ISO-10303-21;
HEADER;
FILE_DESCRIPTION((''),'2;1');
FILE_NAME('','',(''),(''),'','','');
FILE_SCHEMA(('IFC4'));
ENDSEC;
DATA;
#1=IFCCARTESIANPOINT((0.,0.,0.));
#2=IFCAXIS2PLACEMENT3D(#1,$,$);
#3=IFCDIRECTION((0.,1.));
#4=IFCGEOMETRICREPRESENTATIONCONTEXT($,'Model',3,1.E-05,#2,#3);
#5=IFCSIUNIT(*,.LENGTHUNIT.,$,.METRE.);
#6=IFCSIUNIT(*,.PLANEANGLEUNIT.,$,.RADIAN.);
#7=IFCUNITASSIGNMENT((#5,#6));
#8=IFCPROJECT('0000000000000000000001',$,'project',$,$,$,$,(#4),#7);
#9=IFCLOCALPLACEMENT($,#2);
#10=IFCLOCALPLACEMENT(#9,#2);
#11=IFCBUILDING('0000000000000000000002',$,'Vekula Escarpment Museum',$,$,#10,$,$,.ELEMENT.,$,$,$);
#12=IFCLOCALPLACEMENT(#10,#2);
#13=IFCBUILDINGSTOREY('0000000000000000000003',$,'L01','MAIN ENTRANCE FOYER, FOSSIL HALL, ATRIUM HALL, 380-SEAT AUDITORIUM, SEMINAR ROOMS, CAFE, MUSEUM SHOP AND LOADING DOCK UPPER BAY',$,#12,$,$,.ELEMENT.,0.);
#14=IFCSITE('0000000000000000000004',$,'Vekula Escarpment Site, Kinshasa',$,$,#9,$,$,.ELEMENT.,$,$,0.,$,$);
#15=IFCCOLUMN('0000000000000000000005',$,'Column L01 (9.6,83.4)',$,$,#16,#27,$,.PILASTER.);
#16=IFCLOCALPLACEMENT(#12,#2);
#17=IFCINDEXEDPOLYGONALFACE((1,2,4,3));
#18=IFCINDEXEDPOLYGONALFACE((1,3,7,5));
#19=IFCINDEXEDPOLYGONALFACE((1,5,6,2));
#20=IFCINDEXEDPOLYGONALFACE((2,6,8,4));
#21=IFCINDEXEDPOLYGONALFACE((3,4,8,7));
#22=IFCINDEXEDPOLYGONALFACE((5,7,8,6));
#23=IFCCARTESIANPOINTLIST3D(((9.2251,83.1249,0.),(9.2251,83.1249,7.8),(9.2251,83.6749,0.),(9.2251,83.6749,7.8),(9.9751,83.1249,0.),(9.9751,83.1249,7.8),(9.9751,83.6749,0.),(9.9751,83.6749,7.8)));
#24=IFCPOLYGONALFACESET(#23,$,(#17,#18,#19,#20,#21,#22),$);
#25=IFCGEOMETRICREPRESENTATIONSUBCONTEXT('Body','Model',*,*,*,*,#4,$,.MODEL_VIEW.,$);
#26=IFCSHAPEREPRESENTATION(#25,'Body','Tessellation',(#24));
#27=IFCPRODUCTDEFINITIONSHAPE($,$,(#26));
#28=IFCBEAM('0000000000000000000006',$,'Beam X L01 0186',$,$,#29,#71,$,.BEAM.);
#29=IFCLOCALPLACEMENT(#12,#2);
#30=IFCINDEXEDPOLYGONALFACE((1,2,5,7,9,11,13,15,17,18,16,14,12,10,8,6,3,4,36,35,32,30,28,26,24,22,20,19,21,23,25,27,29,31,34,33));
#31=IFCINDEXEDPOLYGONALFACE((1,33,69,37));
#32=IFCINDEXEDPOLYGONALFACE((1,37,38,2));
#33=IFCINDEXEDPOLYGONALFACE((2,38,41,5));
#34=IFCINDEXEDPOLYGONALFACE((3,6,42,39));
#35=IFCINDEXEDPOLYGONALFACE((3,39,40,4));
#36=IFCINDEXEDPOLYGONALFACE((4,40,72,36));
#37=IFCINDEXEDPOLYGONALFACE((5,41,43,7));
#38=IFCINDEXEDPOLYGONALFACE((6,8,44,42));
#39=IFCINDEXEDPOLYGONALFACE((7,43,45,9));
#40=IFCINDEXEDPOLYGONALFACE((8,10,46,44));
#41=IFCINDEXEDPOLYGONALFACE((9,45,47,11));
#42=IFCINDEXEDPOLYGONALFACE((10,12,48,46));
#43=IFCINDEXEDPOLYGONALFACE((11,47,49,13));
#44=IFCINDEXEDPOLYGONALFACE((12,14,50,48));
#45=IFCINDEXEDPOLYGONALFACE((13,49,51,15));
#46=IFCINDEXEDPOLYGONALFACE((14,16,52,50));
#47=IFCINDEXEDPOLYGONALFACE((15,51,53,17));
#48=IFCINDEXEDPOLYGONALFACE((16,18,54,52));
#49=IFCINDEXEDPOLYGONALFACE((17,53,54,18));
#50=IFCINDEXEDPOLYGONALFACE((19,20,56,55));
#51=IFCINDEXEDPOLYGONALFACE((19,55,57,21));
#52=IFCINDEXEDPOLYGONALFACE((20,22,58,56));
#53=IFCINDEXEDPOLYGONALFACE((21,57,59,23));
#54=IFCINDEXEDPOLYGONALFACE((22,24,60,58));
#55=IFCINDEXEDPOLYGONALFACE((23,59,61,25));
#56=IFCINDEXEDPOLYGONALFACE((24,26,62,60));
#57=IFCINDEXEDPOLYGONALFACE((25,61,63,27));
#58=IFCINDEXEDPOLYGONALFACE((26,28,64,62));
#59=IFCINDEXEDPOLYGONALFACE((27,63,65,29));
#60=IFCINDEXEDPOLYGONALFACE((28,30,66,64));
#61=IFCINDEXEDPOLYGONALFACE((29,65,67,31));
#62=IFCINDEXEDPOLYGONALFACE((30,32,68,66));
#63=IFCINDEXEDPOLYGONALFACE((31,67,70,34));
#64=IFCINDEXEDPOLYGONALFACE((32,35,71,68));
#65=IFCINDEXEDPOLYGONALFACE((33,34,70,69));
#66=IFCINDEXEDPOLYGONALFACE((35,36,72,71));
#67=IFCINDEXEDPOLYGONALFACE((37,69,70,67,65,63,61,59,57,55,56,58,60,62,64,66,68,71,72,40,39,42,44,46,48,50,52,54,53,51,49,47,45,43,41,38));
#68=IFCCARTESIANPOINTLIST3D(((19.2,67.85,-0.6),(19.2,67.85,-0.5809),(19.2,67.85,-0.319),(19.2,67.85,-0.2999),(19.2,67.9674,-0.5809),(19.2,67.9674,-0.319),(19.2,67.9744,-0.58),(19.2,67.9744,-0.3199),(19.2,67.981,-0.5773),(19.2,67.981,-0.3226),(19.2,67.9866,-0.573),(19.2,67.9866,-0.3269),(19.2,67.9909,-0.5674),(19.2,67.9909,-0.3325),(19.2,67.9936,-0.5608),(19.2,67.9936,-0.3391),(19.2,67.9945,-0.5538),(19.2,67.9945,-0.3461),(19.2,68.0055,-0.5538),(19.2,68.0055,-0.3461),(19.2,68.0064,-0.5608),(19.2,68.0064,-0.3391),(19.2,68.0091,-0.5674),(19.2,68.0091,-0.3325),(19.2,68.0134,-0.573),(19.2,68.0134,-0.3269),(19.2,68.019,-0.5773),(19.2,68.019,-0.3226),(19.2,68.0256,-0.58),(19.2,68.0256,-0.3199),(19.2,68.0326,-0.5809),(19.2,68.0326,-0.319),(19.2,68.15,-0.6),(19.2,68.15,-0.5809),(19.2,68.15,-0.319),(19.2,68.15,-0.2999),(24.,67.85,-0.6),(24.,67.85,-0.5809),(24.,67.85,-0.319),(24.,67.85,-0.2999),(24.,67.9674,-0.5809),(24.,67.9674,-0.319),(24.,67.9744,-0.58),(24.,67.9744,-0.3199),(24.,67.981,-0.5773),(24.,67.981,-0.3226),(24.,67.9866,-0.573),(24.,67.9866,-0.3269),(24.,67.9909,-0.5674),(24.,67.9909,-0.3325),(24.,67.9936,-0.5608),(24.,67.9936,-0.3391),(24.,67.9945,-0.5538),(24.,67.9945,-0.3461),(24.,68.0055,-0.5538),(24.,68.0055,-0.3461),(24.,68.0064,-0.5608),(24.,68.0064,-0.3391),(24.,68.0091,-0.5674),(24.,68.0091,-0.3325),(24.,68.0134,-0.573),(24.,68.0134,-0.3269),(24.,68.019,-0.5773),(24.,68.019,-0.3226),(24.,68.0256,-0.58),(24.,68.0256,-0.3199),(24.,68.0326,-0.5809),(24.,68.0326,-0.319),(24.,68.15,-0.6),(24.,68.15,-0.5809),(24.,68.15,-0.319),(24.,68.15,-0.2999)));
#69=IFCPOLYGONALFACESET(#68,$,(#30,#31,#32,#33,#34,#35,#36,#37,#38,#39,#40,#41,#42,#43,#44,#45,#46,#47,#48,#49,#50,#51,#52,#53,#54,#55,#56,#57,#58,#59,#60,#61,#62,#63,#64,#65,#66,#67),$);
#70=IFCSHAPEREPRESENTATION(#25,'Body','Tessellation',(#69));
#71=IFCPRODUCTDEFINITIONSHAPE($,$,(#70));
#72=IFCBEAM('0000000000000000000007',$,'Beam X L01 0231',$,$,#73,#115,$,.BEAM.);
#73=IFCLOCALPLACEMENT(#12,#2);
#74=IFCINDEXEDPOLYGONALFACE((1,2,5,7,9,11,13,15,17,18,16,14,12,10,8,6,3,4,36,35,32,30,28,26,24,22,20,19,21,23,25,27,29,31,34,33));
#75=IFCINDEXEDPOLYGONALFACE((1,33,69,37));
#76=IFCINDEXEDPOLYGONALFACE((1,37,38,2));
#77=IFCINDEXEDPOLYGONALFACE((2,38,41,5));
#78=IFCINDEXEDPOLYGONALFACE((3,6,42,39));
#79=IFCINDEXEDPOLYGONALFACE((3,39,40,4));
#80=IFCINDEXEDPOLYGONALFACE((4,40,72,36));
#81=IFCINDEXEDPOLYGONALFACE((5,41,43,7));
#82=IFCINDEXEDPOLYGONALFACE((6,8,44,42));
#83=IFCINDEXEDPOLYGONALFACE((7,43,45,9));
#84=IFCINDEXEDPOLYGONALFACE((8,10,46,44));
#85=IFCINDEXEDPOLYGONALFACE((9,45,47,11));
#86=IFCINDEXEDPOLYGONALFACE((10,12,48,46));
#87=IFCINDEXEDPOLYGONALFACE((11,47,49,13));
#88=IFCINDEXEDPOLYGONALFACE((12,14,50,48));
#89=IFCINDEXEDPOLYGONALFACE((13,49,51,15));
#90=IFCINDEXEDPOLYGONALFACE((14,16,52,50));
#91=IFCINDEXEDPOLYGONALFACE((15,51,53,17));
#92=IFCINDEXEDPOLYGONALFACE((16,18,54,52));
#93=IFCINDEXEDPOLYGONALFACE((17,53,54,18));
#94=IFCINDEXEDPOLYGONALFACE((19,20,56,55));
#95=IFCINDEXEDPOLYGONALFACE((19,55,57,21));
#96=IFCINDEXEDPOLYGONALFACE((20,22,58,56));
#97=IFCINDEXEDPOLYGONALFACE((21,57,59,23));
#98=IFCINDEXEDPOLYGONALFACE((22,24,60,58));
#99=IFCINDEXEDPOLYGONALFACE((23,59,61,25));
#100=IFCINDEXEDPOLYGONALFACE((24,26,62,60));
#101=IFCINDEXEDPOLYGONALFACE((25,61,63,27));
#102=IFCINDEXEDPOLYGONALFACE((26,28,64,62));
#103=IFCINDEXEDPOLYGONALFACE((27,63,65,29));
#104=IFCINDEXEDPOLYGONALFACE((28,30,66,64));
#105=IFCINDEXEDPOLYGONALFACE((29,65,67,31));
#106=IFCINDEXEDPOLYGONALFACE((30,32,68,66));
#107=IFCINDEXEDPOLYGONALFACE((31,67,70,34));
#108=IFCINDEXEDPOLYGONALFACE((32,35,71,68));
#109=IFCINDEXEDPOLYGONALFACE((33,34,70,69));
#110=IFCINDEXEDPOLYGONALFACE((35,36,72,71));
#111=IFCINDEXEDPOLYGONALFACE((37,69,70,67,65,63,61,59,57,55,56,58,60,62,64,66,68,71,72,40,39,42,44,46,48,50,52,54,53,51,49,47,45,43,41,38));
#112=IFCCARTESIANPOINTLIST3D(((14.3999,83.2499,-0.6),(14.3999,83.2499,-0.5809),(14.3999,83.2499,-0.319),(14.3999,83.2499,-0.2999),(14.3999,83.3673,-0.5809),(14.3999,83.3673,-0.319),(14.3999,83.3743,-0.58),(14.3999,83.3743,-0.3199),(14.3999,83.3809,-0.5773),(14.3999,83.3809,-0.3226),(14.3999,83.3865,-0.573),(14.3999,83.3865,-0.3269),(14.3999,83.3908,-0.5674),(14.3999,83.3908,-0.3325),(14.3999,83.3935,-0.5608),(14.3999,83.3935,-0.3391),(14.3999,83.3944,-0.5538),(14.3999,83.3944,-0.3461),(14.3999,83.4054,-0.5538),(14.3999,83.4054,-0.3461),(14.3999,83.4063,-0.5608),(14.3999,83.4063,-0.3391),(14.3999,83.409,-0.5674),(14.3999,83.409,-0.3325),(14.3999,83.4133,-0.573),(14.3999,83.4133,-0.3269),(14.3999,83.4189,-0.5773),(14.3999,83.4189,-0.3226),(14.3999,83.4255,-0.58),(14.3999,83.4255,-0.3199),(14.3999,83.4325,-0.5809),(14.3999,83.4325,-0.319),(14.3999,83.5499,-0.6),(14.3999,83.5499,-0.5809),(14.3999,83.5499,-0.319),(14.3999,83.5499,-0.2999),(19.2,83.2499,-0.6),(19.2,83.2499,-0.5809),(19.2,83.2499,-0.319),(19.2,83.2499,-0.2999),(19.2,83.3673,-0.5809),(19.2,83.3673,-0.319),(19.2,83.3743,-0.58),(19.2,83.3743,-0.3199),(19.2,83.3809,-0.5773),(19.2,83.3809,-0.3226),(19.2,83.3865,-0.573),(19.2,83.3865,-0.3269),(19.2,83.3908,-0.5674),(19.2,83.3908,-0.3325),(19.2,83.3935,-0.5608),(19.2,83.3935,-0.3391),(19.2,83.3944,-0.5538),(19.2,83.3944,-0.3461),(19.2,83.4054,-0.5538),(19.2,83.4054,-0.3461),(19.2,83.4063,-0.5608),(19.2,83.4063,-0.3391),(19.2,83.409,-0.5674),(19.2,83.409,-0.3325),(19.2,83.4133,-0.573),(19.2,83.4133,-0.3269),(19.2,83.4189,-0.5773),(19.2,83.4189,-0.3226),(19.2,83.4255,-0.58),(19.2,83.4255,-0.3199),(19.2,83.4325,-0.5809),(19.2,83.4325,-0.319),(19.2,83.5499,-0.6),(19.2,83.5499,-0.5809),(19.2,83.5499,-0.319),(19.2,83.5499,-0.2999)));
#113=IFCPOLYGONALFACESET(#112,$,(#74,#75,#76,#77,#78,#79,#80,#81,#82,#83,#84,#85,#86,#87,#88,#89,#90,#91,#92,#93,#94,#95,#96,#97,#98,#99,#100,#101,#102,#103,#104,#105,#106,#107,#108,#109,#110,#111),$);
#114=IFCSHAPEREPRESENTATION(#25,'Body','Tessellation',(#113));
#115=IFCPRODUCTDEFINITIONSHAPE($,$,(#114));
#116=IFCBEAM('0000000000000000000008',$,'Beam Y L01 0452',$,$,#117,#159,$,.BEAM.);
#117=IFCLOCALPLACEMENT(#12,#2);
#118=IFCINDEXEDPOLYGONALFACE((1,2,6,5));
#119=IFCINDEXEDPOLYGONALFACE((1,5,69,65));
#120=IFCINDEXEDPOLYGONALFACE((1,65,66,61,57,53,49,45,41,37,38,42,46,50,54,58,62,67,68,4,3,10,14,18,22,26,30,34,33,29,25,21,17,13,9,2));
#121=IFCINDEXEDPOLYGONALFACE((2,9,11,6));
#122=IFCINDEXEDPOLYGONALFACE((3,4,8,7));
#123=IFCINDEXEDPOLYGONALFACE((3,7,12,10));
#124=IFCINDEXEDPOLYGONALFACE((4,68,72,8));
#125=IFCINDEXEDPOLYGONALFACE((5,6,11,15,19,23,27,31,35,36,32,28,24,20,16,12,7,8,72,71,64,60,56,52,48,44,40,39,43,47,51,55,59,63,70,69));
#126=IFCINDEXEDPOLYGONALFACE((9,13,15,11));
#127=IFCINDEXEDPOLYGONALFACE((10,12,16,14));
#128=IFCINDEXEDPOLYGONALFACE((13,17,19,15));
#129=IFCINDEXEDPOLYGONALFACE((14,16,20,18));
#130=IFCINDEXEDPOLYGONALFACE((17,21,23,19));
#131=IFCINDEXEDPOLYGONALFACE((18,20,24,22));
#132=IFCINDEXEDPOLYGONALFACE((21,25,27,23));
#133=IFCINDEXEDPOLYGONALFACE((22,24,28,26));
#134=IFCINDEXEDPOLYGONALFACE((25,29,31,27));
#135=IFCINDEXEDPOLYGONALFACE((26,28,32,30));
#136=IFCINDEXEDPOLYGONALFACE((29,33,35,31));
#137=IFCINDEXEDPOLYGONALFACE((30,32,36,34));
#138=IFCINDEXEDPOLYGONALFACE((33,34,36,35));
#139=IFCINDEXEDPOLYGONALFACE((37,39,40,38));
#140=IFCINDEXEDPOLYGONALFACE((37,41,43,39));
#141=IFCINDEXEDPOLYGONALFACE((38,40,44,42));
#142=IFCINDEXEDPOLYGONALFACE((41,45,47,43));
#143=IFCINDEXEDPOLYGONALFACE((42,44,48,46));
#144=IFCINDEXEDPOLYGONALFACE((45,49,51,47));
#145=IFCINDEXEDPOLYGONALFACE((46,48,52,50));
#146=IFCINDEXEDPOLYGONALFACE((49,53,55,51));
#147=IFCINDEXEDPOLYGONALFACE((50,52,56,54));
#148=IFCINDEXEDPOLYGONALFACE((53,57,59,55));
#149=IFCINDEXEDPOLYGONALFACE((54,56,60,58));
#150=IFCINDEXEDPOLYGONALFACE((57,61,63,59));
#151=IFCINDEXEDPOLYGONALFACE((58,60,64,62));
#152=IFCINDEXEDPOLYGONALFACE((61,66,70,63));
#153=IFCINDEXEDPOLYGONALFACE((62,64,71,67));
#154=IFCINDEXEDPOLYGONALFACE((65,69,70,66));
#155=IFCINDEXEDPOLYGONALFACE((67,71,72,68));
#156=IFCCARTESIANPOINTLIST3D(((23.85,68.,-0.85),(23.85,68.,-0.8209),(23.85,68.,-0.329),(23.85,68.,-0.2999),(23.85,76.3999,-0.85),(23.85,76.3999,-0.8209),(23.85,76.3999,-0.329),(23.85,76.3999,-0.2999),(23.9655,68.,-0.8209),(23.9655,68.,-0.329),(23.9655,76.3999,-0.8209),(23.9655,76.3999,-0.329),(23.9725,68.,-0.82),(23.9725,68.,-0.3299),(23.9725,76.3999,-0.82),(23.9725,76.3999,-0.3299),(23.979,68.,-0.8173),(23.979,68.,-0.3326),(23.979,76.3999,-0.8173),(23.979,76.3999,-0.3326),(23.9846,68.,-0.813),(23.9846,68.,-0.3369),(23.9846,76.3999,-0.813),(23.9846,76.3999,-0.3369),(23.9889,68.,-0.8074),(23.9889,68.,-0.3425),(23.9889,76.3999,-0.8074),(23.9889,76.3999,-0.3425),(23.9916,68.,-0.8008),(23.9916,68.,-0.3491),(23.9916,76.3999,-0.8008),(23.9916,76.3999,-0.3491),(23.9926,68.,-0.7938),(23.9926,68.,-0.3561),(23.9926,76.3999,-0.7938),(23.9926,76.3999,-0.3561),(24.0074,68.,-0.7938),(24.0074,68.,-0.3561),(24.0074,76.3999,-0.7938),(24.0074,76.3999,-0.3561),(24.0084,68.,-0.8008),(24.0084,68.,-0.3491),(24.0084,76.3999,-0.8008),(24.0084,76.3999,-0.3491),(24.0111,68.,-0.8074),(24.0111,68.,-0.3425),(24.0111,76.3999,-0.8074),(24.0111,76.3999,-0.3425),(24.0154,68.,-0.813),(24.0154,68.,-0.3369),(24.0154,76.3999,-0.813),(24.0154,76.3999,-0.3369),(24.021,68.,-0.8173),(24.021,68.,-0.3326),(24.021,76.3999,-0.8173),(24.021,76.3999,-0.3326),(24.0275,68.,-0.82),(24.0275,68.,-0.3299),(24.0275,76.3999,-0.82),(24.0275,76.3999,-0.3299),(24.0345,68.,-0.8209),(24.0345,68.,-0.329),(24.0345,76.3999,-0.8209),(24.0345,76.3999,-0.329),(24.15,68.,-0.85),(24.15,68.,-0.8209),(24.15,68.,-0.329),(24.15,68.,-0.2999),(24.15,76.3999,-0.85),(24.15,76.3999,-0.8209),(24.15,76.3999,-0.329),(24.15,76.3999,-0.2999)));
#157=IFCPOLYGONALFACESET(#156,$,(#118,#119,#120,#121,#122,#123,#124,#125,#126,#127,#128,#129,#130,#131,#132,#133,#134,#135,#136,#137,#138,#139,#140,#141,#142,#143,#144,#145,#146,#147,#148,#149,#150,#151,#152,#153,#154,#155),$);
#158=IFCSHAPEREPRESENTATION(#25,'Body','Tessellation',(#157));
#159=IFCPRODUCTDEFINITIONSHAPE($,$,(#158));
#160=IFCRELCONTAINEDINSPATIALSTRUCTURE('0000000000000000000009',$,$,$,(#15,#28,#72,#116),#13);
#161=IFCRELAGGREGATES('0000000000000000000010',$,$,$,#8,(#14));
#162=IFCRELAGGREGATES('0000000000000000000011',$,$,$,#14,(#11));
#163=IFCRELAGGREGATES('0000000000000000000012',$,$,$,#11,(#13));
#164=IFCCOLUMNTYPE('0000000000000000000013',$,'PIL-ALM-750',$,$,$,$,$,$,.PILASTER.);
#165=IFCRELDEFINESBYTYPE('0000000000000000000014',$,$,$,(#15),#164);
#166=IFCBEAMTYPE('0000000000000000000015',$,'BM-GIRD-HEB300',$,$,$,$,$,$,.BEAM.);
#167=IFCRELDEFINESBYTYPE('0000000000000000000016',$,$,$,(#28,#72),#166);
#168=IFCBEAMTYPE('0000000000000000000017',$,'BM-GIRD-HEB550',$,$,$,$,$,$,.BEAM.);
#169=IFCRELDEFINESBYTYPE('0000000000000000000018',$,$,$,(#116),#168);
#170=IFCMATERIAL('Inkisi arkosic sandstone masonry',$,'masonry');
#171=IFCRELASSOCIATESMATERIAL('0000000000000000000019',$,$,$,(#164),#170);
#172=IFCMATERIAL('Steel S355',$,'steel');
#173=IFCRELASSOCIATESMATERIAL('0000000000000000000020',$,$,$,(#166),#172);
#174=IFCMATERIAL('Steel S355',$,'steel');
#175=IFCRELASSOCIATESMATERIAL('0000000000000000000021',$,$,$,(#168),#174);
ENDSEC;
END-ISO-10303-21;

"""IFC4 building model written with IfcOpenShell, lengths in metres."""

from ifc_helpers import new_model, si_unit, direction, frame, origin, origin_2d, place, context, subcontext, project, spatial, rectangle, i_section, extrude, material, material_profile, profile_set, type_object, element, save


model = new_model("IFC4")

# Units and contexts
model_context = context("Model", 3, precision=1e-05, world=origin(), true_north=direction((0.0, 1.0)))
body_context = subcontext(model_context, "Body", "Model", "MODEL_VIEW")
ifc_project = project(units=[si_unit("LENGTHUNIT", "METRE"), si_unit("PLANEANGLEUNIT", "RADIAN")], contexts=[model_context])

# Site, building, storey
site_placement = place(None, origin())
site = spatial("IfcSite", under=ifc_project, at=site_placement, Name="Vekula Escarpment Site, Kinshasa", CompositionType="ELEMENT", RefElevation=0.0)
building_placement = place(site_placement, origin())
building = spatial("IfcBuilding", under=site, at=building_placement, Name="Vekula Escarpment Museum", CompositionType="ELEMENT")
storey_placement = place(building_placement, origin())
storey = spatial("IfcBuildingStorey", under=building, at=storey_placement, Name="L01", Description="MAIN ENTRANCE FOYER, FOSSIL HALL, ATRIUM HALL, 380-SEAT AUDITORIUM, SEMINAR ROOMS, CAFE, MUSEUM SHOP AND LOADING DOCK UPPER BAY", CompositionType="ELEMENT", Elevation=0.0)

# Column
ifc_material_1 = material(Name="Inkisi arkosic sandstone masonry", Category="masonry")
ifc_material_profile_1 = material_profile(ifc_material_1, rectangle(XDim=0.75, YDim=0.55, at=origin_2d()), Name="PIER 750x550")
ifc_profile_set_1 = profile_set([ifc_material_profile_1], Name="Inkisi arkosic sandstone masonry")
column_type_1 = type_object("IfcColumnType", Name="PIL-ALM-750", PredefinedType="PILASTER", material=ifc_profile_set_1)
column_placement = place(storey_placement, frame((9.6001, 83.3999, 0.0), z_axis=(0.0, 0.0, 1.0), x_axis=(1.0, 0.0, 0.0)))
element("IfcColumn", 1, at=column_placement, inside=storey, type_object=column_type_1, Name="Column L01 (9.6,83.4)", PredefinedType="PILASTER", context=body_context, shape_type="SweptSolid", body=[
    extrude(rectangle(XDim=0.75, YDim=0.55, at=origin_2d()), origin(), (0.0, 0.0, 1.0), 7.8),
])

# Beams
ifc_material_2 = material(Name="Steel S355", Category="steel")
ifc_material_profile_2 = material_profile(ifc_material_2, i_section(OverallWidth=0.3, OverallDepth=0.3, WebThickness=0.011, FlangeThickness=0.019, FilletRadius=0.0271, at=origin_2d()), Name="HEB 300")
ifc_profile_set_2 = profile_set([ifc_material_profile_2], Name="Steel S355")
beam_type_1 = type_object("IfcBeamType", Name="BM-GIRD-HEB300", PredefinedType="BEAM", material=ifc_profile_set_2)
for number, where, z_axis, x_axis, name in (
    (2, (19.2, 68.0, -0.45), (1.0, 0.0, 0.0), (0.0, 1.0, 0.0), "Beam X L01 0186"),
    (3, (14.3999, 83.3999, -0.45), (1.0, 0.0, 0.0), (0.0, 1.0, 0.0), "Beam X L01 0231"),
):
    element("IfcBeam", number, at=place(storey_placement, frame(where, z_axis=z_axis, x_axis=x_axis)), inside=storey, type_object=beam_type_1, Name=name, PredefinedType="BEAM", context=body_context, shape_type="SweptSolid", body=[
        extrude(i_section(OverallWidth=0.3, OverallDepth=0.3, WebThickness=0.011, FlangeThickness=0.019, FilletRadius=0.0271, at=origin_2d()), origin(), (0.0, 0.0, 1.0), 4.8),
    ])
ifc_material_3 = material(Name="Steel S355", Category="steel")
ifc_material_profile_3 = material_profile(ifc_material_3, i_section(OverallWidth=0.3, OverallDepth=0.55, WebThickness=0.0149, FlangeThickness=0.0291, FilletRadius=0.0271, at=origin_2d()), Name="HEB 550")
ifc_profile_set_3 = profile_set([ifc_material_profile_3], Name="Steel S355")
beam_type_2 = type_object("IfcBeamType", Name="BM-GIRD-HEB550", PredefinedType="BEAM", material=ifc_profile_set_3)
beam_1_placement = place(storey_placement, frame((24.0, 68.0, -0.575), z_axis=(0.0, 1.0, 0.0), x_axis=(-1.0, 0.0, 0.0)))
element("IfcBeam", 4, at=beam_1_placement, inside=storey, type_object=beam_type_2, Name="Beam Y L01 0452", PredefinedType="BEAM", context=body_context, shape_type="SweptSolid", body=[
    extrude(i_section(OverallWidth=0.3, OverallDepth=0.55, WebThickness=0.0149, FlangeThickness=0.0291, FilletRadius=0.0271, at=origin_2d()), origin(), (0.0, 0.0, 1.0), 8.3999),
])

save(model, "model.ifc")
